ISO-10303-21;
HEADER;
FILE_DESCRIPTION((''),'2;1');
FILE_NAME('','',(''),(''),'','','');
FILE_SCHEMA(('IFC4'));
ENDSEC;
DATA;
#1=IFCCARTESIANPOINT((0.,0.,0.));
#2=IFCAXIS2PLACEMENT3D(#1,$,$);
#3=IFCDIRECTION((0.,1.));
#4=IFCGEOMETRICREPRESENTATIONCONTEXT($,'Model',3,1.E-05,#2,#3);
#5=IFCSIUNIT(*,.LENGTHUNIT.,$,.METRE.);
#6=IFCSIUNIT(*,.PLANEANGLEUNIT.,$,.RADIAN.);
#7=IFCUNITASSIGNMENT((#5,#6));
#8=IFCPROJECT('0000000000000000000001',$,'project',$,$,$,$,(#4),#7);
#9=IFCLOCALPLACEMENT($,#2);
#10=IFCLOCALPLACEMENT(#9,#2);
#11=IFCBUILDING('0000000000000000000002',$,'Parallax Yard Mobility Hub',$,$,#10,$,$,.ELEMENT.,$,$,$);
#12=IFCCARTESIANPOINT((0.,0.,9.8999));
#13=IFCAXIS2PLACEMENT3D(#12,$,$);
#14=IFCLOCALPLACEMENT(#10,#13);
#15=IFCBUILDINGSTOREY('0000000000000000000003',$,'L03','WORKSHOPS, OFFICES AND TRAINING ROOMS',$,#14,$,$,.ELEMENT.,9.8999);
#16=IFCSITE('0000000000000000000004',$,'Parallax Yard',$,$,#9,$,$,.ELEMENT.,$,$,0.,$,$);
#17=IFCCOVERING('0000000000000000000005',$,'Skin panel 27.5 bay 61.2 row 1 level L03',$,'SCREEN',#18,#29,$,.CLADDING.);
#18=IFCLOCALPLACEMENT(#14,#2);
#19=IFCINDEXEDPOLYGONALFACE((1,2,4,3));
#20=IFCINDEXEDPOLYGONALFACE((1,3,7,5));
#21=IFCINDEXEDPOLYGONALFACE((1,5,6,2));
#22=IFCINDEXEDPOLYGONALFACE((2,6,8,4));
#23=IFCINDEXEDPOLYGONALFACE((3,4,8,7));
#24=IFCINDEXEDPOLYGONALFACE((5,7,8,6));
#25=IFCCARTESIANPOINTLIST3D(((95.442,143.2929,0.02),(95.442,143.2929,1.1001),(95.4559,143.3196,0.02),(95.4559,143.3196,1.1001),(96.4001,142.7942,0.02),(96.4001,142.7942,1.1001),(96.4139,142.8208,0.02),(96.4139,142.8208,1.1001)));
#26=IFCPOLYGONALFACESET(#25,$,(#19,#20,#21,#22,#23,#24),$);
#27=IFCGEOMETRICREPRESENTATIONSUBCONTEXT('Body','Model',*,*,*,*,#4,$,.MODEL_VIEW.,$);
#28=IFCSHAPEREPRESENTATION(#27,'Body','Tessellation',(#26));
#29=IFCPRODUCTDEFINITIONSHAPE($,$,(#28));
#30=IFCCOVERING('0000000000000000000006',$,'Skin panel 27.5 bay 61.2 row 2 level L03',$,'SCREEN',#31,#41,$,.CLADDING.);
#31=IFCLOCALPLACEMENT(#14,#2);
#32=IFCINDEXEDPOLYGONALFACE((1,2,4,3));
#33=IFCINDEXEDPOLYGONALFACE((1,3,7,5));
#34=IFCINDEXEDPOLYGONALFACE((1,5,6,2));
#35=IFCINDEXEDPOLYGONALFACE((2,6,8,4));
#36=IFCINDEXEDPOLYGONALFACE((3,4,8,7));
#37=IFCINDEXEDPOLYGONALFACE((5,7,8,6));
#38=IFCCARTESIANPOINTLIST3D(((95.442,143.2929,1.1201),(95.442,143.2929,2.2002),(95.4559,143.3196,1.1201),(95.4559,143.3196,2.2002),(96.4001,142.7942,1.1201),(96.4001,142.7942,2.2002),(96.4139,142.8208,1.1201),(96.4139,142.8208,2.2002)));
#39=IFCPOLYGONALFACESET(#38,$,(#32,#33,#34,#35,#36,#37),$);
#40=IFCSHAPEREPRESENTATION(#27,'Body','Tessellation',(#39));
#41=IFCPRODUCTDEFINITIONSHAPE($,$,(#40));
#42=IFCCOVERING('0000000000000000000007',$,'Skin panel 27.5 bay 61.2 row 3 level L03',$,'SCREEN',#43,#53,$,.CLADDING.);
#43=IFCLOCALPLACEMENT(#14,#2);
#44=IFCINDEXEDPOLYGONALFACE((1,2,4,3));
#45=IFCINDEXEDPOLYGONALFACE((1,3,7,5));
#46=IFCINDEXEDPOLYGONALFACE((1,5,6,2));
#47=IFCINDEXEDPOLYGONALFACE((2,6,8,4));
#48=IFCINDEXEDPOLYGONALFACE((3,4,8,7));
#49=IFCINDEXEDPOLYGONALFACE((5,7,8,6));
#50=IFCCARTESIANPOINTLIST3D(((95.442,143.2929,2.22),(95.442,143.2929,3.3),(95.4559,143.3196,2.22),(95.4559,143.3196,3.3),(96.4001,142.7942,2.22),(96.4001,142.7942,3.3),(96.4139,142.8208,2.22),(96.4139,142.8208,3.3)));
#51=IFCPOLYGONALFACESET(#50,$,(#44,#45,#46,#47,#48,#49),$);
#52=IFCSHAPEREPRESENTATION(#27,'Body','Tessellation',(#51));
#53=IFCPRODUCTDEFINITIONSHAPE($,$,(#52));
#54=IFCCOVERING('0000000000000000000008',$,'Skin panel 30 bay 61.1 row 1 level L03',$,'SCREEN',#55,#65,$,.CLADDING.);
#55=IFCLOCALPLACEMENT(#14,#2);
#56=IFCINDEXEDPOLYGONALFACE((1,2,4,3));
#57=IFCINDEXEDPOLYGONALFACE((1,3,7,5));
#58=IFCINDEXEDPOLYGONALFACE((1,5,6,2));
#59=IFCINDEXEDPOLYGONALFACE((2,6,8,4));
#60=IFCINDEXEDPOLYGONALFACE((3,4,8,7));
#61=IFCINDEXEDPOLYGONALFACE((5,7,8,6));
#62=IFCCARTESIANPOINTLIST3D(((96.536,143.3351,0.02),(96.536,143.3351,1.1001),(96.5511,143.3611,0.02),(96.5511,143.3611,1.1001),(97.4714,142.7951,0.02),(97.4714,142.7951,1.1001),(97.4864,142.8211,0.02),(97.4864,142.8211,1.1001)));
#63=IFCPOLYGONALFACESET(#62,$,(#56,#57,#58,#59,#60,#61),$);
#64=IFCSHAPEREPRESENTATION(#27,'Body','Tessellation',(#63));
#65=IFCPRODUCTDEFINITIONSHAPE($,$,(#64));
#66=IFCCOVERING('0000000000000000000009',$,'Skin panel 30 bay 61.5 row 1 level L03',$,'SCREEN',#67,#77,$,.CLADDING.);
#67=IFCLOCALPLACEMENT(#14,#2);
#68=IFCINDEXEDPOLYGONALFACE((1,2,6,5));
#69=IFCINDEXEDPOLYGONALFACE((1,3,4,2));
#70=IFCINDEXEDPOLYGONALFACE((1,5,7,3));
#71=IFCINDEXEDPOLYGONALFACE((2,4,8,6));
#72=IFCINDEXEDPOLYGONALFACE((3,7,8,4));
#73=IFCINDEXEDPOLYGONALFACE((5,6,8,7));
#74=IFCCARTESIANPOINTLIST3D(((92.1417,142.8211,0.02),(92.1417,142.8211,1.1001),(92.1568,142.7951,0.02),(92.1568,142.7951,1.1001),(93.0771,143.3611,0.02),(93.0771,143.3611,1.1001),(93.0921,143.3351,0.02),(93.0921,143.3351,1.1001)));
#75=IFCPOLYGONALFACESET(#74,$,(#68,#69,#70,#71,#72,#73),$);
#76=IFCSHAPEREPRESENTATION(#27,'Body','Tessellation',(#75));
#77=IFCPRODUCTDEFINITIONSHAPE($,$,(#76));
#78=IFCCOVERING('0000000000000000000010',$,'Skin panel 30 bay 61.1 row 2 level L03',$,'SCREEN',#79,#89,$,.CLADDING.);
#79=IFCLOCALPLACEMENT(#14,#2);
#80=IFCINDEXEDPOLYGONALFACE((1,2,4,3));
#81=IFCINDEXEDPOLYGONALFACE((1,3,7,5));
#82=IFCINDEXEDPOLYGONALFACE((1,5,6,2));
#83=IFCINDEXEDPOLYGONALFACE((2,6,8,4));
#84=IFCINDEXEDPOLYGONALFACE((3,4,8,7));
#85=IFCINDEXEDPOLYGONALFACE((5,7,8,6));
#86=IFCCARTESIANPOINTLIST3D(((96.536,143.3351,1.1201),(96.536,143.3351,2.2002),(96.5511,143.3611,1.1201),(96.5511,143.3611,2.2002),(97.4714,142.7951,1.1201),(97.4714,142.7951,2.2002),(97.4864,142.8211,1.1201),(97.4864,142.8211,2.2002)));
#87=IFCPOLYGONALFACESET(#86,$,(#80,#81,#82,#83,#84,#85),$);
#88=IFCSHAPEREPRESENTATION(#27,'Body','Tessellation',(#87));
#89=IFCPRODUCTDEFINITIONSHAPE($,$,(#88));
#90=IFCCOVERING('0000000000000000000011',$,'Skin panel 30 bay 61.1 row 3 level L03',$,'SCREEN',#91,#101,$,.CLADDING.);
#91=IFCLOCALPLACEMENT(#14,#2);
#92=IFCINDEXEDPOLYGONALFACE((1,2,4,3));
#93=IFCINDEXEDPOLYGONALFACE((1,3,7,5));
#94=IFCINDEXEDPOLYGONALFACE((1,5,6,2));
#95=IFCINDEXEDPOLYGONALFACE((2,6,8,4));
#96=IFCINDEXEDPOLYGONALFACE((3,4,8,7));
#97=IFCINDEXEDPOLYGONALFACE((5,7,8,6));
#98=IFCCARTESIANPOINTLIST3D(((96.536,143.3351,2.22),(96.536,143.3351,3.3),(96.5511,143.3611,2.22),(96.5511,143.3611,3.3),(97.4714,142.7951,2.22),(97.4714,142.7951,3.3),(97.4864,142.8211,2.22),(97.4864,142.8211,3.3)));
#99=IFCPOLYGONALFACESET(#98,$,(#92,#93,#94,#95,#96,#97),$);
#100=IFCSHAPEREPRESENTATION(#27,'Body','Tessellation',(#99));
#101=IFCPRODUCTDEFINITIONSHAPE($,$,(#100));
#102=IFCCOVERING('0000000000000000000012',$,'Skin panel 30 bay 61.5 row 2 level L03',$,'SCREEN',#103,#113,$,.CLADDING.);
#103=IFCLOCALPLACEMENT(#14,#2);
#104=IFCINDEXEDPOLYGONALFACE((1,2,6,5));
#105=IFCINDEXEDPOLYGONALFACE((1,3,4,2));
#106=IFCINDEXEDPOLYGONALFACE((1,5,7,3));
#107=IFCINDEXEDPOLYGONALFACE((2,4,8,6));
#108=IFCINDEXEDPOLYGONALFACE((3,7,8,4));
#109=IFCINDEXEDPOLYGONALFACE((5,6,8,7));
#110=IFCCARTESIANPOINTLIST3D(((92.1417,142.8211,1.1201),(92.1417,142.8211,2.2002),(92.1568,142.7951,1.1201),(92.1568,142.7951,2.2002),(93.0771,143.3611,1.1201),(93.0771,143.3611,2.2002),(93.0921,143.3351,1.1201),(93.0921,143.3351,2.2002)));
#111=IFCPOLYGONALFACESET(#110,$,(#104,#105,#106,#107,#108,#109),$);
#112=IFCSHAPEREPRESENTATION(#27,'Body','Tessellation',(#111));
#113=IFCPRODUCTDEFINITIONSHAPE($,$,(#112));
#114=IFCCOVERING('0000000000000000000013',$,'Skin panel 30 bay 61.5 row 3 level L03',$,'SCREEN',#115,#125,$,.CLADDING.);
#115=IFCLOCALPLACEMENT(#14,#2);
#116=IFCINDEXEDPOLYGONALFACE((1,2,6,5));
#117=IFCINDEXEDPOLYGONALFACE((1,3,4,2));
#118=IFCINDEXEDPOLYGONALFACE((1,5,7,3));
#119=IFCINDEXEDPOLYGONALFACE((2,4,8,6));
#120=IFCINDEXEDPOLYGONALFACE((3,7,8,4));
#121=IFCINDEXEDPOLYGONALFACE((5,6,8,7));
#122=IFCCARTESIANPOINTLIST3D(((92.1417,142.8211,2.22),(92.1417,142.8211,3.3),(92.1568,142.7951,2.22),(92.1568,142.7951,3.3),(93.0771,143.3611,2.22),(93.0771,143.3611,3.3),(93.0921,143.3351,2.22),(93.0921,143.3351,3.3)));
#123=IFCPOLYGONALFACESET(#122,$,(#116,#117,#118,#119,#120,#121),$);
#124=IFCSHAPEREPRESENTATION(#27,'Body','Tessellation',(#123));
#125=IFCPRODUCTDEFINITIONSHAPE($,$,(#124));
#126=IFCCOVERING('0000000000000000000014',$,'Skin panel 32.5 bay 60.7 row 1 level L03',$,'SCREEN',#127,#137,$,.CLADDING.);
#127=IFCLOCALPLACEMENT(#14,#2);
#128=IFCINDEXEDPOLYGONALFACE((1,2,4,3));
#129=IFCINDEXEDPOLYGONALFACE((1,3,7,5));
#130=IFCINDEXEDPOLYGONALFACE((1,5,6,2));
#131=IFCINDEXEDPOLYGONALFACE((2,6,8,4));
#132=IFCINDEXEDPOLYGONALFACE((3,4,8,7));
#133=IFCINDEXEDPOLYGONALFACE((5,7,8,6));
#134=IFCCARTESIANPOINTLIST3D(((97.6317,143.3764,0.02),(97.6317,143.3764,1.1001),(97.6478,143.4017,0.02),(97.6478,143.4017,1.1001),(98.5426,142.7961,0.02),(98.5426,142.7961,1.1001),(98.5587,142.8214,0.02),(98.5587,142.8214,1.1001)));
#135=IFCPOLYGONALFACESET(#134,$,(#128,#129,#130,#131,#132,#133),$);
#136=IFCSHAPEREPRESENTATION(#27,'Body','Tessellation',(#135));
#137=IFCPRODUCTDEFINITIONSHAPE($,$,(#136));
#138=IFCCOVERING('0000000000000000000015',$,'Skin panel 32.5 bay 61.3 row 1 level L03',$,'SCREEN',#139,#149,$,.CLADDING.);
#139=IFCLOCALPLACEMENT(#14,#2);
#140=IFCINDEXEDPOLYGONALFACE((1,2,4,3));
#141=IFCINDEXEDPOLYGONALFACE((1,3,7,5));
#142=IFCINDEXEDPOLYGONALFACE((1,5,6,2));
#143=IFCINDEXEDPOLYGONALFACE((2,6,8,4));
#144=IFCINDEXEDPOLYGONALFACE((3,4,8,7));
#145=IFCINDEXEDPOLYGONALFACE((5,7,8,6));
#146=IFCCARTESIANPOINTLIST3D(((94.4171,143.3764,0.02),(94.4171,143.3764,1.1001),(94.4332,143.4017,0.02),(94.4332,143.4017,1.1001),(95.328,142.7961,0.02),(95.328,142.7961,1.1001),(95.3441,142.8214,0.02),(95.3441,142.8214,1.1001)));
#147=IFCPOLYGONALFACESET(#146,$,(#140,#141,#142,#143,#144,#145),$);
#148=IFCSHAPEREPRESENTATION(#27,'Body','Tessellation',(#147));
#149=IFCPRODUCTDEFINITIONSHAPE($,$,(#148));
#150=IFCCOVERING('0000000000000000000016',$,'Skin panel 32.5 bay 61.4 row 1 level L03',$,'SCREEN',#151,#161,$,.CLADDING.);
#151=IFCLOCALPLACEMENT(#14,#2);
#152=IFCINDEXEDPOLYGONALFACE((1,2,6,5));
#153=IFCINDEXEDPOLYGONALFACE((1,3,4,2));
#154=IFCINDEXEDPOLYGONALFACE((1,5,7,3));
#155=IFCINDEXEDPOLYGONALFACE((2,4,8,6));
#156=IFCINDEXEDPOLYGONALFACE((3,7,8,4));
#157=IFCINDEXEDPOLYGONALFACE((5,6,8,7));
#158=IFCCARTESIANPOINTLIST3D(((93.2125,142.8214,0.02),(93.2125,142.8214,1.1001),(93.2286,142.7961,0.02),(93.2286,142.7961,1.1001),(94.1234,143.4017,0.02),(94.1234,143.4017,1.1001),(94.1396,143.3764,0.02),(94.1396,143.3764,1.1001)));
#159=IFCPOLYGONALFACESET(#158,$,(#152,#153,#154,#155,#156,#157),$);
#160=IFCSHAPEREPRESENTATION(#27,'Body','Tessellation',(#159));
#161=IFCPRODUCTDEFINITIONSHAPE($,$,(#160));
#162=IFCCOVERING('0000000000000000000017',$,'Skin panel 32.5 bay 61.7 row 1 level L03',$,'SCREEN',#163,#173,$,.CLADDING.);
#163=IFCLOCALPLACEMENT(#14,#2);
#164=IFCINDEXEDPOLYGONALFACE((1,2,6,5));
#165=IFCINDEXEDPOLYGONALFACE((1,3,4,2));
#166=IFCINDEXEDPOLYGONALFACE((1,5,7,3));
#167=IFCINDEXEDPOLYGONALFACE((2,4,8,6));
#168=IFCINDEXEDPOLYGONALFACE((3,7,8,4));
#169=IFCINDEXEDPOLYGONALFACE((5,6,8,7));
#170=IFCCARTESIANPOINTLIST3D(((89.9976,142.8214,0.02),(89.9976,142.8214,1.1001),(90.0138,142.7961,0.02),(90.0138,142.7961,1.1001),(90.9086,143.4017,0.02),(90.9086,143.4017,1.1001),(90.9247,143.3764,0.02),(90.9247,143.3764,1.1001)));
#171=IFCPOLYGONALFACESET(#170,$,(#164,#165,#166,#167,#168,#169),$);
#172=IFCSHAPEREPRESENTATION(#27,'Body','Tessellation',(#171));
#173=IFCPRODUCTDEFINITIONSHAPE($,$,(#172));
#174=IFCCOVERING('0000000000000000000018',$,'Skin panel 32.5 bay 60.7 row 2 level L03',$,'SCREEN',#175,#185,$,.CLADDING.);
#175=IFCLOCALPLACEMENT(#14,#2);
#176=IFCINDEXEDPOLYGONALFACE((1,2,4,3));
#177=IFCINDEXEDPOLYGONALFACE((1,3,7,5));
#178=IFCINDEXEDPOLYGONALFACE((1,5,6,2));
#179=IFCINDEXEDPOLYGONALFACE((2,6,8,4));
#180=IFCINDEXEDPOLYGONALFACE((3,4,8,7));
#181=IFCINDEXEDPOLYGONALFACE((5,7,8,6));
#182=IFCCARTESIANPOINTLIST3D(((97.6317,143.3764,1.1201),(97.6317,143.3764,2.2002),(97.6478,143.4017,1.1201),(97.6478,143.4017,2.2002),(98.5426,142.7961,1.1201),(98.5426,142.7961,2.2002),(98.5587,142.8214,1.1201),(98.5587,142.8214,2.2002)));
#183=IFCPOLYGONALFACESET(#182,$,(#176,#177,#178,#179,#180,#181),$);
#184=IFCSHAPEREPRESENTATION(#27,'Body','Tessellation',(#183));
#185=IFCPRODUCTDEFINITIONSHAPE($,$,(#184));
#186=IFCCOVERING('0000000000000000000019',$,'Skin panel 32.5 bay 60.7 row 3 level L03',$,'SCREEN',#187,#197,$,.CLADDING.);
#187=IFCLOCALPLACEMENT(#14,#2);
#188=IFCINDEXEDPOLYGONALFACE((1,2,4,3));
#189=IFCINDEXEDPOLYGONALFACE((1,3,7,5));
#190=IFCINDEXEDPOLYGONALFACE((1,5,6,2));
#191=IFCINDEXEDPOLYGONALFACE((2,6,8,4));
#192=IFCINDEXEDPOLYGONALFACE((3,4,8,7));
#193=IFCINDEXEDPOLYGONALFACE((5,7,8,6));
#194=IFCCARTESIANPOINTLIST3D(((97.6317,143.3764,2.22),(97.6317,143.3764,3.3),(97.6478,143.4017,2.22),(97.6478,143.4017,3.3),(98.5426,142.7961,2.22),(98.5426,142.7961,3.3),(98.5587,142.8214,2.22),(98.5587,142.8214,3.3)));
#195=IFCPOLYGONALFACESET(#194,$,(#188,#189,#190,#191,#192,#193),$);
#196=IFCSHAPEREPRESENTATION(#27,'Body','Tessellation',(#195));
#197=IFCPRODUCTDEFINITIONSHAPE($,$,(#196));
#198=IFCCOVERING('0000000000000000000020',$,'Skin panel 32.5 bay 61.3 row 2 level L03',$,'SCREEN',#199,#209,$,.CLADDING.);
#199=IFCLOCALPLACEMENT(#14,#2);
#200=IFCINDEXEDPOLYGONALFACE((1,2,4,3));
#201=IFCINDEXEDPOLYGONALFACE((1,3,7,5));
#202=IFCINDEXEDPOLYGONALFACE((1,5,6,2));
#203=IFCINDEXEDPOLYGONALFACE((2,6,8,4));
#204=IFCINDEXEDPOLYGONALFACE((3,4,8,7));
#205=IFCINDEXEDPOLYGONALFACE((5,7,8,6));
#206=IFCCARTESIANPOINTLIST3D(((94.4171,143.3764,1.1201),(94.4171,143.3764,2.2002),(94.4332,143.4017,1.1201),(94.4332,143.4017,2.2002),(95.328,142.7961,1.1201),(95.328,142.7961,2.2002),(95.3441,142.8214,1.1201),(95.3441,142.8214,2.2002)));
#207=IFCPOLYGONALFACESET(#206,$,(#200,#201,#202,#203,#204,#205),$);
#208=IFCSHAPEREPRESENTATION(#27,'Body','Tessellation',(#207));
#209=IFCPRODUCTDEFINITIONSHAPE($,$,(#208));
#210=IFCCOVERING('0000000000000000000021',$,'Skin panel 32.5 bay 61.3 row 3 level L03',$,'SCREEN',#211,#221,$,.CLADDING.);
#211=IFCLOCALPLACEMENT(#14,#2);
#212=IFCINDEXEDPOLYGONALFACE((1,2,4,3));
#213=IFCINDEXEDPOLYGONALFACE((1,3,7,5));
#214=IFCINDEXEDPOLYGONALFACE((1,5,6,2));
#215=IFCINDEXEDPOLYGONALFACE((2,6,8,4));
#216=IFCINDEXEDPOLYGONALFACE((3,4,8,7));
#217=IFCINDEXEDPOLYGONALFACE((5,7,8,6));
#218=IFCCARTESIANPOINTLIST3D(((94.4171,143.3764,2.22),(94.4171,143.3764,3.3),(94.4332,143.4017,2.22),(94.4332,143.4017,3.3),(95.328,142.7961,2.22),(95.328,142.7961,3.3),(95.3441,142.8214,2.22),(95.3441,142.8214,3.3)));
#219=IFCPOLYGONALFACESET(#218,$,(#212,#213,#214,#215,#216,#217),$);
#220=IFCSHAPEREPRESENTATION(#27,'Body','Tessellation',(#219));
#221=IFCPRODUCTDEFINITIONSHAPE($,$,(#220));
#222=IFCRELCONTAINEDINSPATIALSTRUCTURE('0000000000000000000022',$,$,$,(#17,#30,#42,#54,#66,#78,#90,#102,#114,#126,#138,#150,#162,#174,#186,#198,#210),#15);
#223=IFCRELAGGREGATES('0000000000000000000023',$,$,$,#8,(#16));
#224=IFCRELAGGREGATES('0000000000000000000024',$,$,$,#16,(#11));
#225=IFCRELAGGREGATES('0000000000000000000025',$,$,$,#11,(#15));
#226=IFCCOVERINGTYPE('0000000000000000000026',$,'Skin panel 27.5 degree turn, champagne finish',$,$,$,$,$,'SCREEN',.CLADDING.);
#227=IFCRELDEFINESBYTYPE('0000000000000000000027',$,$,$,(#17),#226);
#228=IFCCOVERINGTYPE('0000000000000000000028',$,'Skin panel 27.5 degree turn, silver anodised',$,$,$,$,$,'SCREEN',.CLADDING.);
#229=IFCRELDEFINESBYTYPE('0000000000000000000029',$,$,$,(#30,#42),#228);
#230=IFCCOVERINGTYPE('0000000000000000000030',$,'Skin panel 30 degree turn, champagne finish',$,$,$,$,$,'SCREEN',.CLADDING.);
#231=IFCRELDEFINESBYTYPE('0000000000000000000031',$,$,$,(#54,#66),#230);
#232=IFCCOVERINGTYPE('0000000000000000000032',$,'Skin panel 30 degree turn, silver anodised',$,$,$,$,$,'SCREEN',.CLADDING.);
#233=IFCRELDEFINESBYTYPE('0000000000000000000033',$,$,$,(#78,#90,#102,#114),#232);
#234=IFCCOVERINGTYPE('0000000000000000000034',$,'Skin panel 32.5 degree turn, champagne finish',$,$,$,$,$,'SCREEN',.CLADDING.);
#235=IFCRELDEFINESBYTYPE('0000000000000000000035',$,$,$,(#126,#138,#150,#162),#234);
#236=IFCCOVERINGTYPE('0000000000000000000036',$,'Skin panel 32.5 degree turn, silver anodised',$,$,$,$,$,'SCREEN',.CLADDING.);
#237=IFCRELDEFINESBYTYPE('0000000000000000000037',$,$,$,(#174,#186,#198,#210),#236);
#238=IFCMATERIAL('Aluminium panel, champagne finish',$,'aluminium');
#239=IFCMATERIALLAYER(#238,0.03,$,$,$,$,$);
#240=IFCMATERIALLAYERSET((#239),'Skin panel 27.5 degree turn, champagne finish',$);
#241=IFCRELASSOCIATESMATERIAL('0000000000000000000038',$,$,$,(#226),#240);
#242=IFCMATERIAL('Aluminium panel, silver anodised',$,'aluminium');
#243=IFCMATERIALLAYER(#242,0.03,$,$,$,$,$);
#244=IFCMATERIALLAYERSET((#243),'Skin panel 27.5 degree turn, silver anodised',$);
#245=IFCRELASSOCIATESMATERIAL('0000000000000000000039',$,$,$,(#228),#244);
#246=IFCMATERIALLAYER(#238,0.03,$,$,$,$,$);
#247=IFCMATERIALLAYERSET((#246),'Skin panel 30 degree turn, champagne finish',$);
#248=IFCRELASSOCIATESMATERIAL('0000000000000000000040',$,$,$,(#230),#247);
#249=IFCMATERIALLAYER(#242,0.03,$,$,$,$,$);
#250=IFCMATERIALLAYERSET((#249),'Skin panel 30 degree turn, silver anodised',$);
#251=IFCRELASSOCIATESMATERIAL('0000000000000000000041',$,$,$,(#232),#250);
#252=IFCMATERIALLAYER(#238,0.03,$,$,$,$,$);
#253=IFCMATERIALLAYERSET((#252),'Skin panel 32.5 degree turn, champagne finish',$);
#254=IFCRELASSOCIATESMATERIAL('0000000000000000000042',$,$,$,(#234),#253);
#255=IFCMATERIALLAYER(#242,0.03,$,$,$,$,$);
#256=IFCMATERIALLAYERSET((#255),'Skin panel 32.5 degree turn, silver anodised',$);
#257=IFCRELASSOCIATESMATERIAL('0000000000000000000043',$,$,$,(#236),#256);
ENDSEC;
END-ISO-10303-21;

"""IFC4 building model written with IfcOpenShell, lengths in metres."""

from ifc_helpers import new_model, si_unit, direction, frame, origin, origin_2d, place, context, subcontext, project, spatial, rectangle, extrude, material, layer, layer_set, type_object, element, save


model = new_model("IFC4")

# Units and contexts
model_context = context("Model", 3, precision=1e-05, world=origin(), true_north=direction((0.0, 1.0)))
body_context = subcontext(model_context, "Body", "Model", "MODEL_VIEW")
ifc_project = project(units=[si_unit("LENGTHUNIT", "METRE"), si_unit("PLANEANGLEUNIT", "RADIAN")], contexts=[model_context])

# Site, building, storey
site_placement = place(None, origin())
site = spatial("IfcSite", under=ifc_project, at=site_placement, Name="Parallax Yard", CompositionType="ELEMENT", RefElevation=0.0)
building_placement = place(site_placement, origin())
building = spatial("IfcBuilding", under=site, at=building_placement, Name="Parallax Yard Mobility Hub", CompositionType="ELEMENT")
storey_placement = place(building_placement, frame((0.0, 0.0, 9.8999)))
storey = spatial("IfcBuildingStorey", under=building, at=storey_placement, Name="L03", Description="WORKSHOPS, OFFICES AND TRAINING ROOMS", CompositionType="ELEMENT", Elevation=9.8999)

# Coverings
ifc_material_1 = material(Name="Aluminium panel, champagne finish", Category="aluminium")
ifc_layer_1 = layer(ifc_material_1, 0.03)
ifc_layer_set_1 = layer_set([ifc_layer_1], Name="Skin panel 27.5 degree turn, champagne finish")
covering_type_1 = type_object("IfcCoveringType", Name="Skin panel 27.5 degree turn, champagne finish", ElementType="SCREEN", PredefinedType="CLADDING", material=ifc_layer_set_1)
covering_1_placement = place(storey_placement, frame((95.928, 143.0569, 0.02), z_axis=(0.0, 0.0, 1.0), x_axis=(-0.887011, 0.461749, 0.0)))
element("IfcCovering", 1, at=covering_1_placement, inside=storey, type_object=covering_type_1, Name="Skin panel 27.5 bay 61.2 row 1 level L03", ObjectType="SCREEN", PredefinedType="CLADDING", context=body_context, shape_type="SweptSolid", body=[
    extrude(rectangle(XDim=1.0801, YDim=0.03, at=origin_2d()), origin(), (0.0, 0.0, 1.0), 1.0801),
])
ifc_material_2 = material(Name="Aluminium panel, silver anodised", Category="aluminium")
ifc_layer_2 = layer(ifc_material_2, 0.03)
ifc_layer_set_2 = layer_set([ifc_layer_2], Name="Skin panel 27.5 degree turn, silver anodised")
covering_type_2 = type_object("IfcCoveringType", Name="Skin panel 27.5 degree turn, silver anodised", ElementType="SCREEN", PredefinedType="CLADDING", material=ifc_layer_set_2)
for number, where, z_axis, x_axis, name in (
    (2, (95.928, 143.0569, 1.1201), (0.0, 0.0, 1.0), (-0.887011, 0.461749, 0.0), "Skin panel 27.5 bay 61.2 row 2 level L03"),
    (3, (95.928, 143.0569, 2.22), (0.0, 0.0, 1.0), (-0.887011, 0.461749, 0.0), "Skin panel 27.5 bay 61.2 row 3 level L03"),
):
    element("IfcCovering", number, at=place(storey_placement, frame(where, z_axis=z_axis, x_axis=x_axis)), inside=storey, type_object=covering_type_2, Name=name, ObjectType="SCREEN", PredefinedType="CLADDING", context=body_context, shape_type="SweptSolid", body=[
        extrude(rectangle(XDim=1.0801, YDim=0.03, at=origin_2d()), origin(), (0.0, 0.0, 1.0), 1.0801),
    ])
ifc_layer_3 = layer(ifc_material_1, 0.03)
ifc_layer_set_3 = layer_set([ifc_layer_3], Name="Skin panel 30 degree turn, champagne finish")
covering_type_3 = type_object("IfcCoveringType", Name="Skin panel 30 degree turn, champagne finish", ElementType="SCREEN", PredefinedType="CLADDING", material=ifc_layer_set_3)
for number, where, z_axis, x_axis, name in (
    (4, (97.0112, 143.0781, 0.02), (0.0, 0.0, 1.0), (-0.866025, 0.5, 0.0), "Skin panel 30 bay 61.1 row 1 level L03"),
    (5, (92.6169, 143.0781, 0.02), (0.0, 0.0, 1.0), (0.866025, 0.5, 0.0), "Skin panel 30 bay 61.5 row 1 level L03"),
):
    element("IfcCovering", number, at=place(storey_placement, frame(where, z_axis=z_axis, x_axis=x_axis)), inside=storey, type_object=covering_type_3, Name=name, ObjectType="SCREEN", PredefinedType="CLADDING", context=body_context, shape_type="SweptSolid", body=[
        extrude(rectangle(XDim=1.0801, YDim=0.03, at=origin_2d()), origin(), (0.0, 0.0, 1.0), 1.0801),
    ])
ifc_layer_4 = layer(ifc_material_2, 0.03)
ifc_layer_set_4 = layer_set([ifc_layer_4], Name="Skin panel 30 degree turn, silver anodised")
covering_type_4 = type_object("IfcCoveringType", Name="Skin panel 30 degree turn, silver anodised", ElementType="SCREEN", PredefinedType="CLADDING", material=ifc_layer_set_4)
for number, where, z_axis, x_axis, name in (
    (6, (97.0112, 143.0781, 1.1201), (0.0, 0.0, 1.0), (-0.866025, 0.5, 0.0), "Skin panel 30 bay 61.1 row 2 level L03"),
    (7, (97.0112, 143.0781, 2.22), (0.0, 0.0, 1.0), (-0.866025, 0.5, 0.0), "Skin panel 30 bay 61.1 row 3 level L03"),
    (8, (92.6169, 143.0781, 1.1201), (0.0, 0.0, 1.0), (0.866025, 0.5, 0.0), "Skin panel 30 bay 61.5 row 2 level L03"),
    (9, (92.6169, 143.0781, 2.22), (0.0, 0.0, 1.0), (0.866025, 0.5, 0.0), "Skin panel 30 bay 61.5 row 3 level L03"),
):
    element("IfcCovering", number, at=place(storey_placement, frame(where, z_axis=z_axis, x_axis=x_axis)), inside=storey, type_object=covering_type_4, Name=name, ObjectType="SCREEN", PredefinedType="CLADDING", context=body_context, shape_type="SweptSolid", body=[
        extrude(rectangle(XDim=1.0801, YDim=0.03, at=origin_2d()), origin(), (0.0, 0.0, 1.0), 1.0801),
    ])
ifc_layer_5 = layer(ifc_material_1, 0.03)
ifc_layer_set_5 = layer_set([ifc_layer_5], Name="Skin panel 32.5 degree turn, champagne finish")
covering_type_5 = type_object("IfcCoveringType", Name="Skin panel 32.5 degree turn, champagne finish", ElementType="SCREEN", PredefinedType="CLADDING", material=ifc_layer_set_5)
for number, where, z_axis, x_axis, name in (
    (10, (98.0952, 143.0989, 0.02), (0.0, 0.0, 1.0), (-0.843391, 0.5373, 0.0), "Skin panel 32.5 bay 60.7 row 1 level L03"),
    (11, (94.8806, 143.0989, 0.02), (0.0, 0.0, 1.0), (-0.843391, 0.5373, 0.0), "Skin panel 32.5 bay 61.3 row 1 level L03"),
    (12, (93.676, 143.0989, 0.02), (0.0, 0.0, 1.0), (0.843391, 0.5373, 0.0), "Skin panel 32.5 bay 61.4 row 1 level L03"),
    (13, (90.4612, 143.0989, 0.02), (0.0, 0.0, 1.0), (0.843391, 0.5373, 0.0), "Skin panel 32.5 bay 61.7 row 1 level L03"),
):
    element("IfcCovering", number, at=place(storey_placement, frame(where, z_axis=z_axis, x_axis=x_axis)), inside=storey, type_object=covering_type_5, Name=name, ObjectType="SCREEN", PredefinedType="CLADDING", context=body_context, shape_type="SweptSolid", body=[
        extrude(rectangle(XDim=1.0801, YDim=0.03, at=origin_2d()), origin(), (0.0, 0.0, 1.0), 1.0801),
    ])
ifc_layer_6 = layer(ifc_material_2, 0.03)
ifc_layer_set_6 = layer_set([ifc_layer_6], Name="Skin panel 32.5 degree turn, silver anodised")
covering_type_6 = type_object("IfcCoveringType", Name="Skin panel 32.5 degree turn, silver anodised", ElementType="SCREEN", PredefinedType="CLADDING", material=ifc_layer_set_6)
for number, where, z_axis, x_axis, name in (
    (14, (98.0952, 143.0989, 1.1201), (0.0, 0.0, 1.0), (-0.843391, 0.5373, 0.0), "Skin panel 32.5 bay 60.7 row 2 level L03"),
    (15, (98.0952, 143.0989, 2.22), (0.0, 0.0, 1.0), (-0.843391, 0.5373, 0.0), "Skin panel 32.5 bay 60.7 row 3 level L03"),
    (16, (94.8806, 143.0989, 1.1201), (0.0, 0.0, 1.0), (-0.843391, 0.5373, 0.0), "Skin panel 32.5 bay 61.3 row 2 level L03"),
    (17, (94.8806, 143.0989, 2.22), (0.0, 0.0, 1.0), (-0.843391, 0.5373, 0.0), "Skin panel 32.5 bay 61.3 row 3 level L03"),
):
    element("IfcCovering", number, at=place(storey_placement, frame(where, z_axis=z_axis, x_axis=x_axis)), inside=storey, type_object=covering_type_6, Name=name, ObjectType="SCREEN", PredefinedType="CLADDING", context=body_context, shape_type="SweptSolid", body=[
        extrude(rectangle(XDim=1.0801, YDim=0.03, at=origin_2d()), origin(), (0.0, 0.0, 1.0), 1.0801),
    ])

save(model, "model.ifc")
